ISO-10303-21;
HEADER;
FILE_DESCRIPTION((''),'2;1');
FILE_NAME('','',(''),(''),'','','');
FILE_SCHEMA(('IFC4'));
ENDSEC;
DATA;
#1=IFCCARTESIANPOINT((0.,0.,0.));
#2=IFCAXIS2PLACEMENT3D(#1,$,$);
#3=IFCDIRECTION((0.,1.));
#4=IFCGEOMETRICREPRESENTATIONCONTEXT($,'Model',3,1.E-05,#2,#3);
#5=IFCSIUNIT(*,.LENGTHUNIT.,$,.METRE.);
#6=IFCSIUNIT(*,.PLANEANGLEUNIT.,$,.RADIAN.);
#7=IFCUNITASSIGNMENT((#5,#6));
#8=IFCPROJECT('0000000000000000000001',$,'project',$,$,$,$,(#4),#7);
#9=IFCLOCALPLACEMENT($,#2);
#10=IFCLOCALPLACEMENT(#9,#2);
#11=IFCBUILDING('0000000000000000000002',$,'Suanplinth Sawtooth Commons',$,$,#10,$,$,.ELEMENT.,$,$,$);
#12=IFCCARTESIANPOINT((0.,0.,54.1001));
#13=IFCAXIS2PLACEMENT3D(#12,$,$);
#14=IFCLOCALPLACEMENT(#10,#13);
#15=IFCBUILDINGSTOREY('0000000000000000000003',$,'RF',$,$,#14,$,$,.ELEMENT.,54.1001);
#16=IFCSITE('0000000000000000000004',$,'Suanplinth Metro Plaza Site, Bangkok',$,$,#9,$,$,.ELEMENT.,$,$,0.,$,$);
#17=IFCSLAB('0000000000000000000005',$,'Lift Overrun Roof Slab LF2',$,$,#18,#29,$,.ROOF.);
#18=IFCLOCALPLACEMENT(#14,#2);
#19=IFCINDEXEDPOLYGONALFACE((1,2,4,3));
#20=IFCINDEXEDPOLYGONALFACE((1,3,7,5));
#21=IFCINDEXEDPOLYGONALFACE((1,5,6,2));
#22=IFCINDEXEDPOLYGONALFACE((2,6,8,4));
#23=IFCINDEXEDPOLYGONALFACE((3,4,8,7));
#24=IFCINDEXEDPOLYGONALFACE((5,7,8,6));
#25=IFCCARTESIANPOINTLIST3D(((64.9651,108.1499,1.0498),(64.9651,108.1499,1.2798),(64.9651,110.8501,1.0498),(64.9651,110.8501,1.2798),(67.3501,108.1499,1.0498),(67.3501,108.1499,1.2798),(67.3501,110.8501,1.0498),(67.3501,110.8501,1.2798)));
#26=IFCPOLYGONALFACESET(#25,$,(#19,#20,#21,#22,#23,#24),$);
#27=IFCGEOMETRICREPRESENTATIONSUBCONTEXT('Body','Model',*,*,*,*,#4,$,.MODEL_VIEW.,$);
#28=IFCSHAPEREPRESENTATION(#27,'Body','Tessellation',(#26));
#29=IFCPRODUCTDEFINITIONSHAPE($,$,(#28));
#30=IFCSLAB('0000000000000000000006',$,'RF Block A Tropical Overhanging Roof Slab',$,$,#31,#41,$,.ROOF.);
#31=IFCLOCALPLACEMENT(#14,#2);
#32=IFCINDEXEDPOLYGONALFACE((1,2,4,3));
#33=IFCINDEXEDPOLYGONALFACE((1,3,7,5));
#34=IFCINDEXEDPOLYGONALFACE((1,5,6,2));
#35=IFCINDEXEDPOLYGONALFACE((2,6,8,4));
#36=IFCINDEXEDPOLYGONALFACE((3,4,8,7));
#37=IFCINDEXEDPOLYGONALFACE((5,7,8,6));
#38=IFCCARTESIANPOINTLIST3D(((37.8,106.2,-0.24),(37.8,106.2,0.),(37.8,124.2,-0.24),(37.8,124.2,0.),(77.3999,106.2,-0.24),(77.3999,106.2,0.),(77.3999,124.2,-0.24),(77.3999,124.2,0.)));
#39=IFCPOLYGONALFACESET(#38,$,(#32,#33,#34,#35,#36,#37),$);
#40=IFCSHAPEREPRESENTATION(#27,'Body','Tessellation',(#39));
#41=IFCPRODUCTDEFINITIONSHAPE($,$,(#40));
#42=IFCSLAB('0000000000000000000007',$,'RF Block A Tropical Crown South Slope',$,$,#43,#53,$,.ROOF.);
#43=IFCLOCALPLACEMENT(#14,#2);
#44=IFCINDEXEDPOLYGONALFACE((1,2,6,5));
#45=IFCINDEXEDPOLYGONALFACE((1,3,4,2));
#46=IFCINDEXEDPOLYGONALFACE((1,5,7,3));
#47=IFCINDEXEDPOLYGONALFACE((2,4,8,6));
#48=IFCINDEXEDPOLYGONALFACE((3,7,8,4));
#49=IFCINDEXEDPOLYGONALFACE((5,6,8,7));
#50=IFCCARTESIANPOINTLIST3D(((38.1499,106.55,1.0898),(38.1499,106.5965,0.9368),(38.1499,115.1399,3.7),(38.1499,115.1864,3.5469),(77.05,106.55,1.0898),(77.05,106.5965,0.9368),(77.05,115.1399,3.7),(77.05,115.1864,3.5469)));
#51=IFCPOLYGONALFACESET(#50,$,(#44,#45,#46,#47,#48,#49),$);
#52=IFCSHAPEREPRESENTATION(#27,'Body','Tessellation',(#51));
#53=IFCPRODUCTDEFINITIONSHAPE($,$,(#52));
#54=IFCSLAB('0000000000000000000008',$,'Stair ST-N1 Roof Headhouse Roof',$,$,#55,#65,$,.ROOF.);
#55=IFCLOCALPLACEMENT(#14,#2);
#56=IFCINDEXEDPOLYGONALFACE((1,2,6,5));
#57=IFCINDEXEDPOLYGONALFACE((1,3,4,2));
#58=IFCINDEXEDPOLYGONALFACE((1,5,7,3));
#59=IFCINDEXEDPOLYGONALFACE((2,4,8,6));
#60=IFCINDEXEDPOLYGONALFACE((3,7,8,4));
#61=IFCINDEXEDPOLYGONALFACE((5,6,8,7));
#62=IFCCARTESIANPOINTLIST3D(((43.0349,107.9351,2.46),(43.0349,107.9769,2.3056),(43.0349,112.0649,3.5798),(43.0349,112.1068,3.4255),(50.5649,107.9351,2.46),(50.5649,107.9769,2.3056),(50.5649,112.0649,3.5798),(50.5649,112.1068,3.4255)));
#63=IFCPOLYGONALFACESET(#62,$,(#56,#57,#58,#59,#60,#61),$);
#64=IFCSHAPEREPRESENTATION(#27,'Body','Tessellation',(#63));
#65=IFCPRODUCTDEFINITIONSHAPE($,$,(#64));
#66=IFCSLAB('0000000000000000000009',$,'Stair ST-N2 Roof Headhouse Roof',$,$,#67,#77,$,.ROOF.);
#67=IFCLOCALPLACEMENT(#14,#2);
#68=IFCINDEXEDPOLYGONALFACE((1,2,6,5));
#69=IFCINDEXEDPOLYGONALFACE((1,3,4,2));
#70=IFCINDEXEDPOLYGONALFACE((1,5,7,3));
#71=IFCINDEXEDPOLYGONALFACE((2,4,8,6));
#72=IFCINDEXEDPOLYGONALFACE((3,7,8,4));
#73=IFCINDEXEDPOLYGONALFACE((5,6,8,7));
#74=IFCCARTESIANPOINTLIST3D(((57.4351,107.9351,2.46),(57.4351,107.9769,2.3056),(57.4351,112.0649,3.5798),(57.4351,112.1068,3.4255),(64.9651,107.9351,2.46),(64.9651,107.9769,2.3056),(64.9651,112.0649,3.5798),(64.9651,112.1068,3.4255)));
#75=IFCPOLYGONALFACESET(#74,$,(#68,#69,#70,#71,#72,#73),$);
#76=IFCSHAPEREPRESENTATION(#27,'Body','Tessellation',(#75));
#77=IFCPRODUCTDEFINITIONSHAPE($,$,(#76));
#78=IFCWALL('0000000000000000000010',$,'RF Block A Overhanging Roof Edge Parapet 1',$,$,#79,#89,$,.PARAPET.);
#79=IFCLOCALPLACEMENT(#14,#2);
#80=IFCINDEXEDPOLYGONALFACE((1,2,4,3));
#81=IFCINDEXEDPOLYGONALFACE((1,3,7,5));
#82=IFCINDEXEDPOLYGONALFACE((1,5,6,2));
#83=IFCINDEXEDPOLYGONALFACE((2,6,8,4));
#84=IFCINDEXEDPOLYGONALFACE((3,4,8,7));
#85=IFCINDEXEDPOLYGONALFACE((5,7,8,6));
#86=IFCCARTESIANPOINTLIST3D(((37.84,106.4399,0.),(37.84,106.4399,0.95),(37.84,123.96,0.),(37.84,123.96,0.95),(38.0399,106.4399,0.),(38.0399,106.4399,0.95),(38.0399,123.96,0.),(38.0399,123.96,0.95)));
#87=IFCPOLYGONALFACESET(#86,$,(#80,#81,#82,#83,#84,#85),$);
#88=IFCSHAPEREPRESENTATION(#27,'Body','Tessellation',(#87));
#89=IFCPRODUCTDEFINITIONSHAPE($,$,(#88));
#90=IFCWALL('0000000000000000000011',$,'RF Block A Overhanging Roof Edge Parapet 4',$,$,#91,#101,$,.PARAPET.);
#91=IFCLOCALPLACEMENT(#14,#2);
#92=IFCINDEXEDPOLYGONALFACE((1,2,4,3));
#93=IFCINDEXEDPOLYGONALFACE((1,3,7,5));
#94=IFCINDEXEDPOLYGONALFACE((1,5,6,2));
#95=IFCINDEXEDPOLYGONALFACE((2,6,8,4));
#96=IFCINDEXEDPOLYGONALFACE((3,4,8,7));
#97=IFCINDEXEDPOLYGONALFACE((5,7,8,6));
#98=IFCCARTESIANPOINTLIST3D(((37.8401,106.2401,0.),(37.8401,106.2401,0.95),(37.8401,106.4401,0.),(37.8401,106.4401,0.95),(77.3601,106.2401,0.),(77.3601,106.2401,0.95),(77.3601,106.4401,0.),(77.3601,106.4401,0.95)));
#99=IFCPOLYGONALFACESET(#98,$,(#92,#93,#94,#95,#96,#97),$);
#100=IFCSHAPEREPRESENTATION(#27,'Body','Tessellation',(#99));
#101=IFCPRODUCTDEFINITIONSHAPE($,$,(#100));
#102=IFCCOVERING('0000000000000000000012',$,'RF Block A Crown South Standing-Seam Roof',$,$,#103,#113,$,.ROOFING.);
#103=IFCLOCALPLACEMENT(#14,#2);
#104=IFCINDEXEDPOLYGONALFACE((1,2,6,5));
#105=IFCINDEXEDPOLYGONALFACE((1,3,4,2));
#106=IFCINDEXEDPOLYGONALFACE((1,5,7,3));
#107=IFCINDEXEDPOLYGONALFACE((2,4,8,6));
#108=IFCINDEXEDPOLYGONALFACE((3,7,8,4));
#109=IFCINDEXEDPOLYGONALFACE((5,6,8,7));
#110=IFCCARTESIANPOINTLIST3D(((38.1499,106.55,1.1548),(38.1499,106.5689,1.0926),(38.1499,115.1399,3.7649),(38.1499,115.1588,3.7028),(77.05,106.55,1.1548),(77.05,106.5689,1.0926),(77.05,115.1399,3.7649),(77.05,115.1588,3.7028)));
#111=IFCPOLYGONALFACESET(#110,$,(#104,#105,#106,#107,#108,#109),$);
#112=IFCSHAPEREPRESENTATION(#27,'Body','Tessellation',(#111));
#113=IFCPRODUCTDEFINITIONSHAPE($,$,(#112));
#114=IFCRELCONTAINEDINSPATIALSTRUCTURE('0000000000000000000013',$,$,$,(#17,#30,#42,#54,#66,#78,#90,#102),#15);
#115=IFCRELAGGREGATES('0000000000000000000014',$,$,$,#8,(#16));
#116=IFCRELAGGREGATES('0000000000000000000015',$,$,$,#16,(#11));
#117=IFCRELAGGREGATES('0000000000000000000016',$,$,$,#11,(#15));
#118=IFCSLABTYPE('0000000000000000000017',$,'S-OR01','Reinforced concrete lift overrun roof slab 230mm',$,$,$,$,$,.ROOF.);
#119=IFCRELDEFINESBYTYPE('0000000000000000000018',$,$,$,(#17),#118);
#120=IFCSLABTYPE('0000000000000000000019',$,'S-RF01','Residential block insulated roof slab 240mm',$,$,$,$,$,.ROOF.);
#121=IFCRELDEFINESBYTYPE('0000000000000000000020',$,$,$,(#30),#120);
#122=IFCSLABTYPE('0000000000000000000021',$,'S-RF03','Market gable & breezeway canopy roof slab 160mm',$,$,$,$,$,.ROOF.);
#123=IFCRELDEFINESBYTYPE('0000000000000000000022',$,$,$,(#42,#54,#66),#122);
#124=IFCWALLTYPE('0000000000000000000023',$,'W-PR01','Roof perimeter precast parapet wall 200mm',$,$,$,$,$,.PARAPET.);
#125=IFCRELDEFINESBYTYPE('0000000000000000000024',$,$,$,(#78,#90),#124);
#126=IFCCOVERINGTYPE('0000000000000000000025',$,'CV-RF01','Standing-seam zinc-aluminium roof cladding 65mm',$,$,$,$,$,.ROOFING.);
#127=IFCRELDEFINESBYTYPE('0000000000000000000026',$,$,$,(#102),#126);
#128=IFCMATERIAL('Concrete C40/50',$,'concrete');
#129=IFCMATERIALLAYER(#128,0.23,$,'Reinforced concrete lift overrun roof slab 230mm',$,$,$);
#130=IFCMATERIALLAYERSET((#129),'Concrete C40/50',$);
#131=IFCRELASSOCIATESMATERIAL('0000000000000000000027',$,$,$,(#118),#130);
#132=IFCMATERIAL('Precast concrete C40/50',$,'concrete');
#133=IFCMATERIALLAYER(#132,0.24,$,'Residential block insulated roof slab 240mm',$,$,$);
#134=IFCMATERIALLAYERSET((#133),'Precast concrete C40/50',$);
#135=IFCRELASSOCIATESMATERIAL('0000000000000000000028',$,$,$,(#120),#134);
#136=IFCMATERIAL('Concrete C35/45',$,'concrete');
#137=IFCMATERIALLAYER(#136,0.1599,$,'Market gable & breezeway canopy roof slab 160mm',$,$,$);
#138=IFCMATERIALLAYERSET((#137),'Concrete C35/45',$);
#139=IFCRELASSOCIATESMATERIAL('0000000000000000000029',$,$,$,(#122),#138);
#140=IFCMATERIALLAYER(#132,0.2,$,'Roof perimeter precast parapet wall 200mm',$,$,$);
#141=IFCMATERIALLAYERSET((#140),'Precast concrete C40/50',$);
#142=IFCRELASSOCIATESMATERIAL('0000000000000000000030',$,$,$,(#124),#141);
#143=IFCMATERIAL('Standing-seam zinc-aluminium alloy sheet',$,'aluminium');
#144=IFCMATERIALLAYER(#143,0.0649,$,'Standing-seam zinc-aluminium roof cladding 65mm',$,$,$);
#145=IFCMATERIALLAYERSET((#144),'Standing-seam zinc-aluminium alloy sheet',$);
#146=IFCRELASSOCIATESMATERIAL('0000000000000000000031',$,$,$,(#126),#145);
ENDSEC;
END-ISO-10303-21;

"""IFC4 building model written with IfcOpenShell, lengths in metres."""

from ifc_helpers import new_model, si_unit, direction, frame, frame_2d, origin, place, context, subcontext, project, spatial, polyline, rectangle, outline, extrude, material, layer, layer_set, type_object, element, save


model = new_model("IFC4")

# Units and contexts
model_context = context("Model", 3, precision=1e-05, world=origin(), true_north=direction((0.0, 1.0)))
body_context = subcontext(model_context, "Body", "Model", "MODEL_VIEW")
ifc_project = project(units=[si_unit("LENGTHUNIT", "METRE"), si_unit("PLANEANGLEUNIT", "RADIAN")], contexts=[model_context])

# Site, building, storey
site_placement = place(None, origin())
site = spatial("IfcSite", under=ifc_project, at=site_placement, Name="Suanplinth Metro Plaza Site, Bangkok", CompositionType="ELEMENT", RefElevation=0.0)
building_placement = place(site_placement, origin())
building = spatial("IfcBuilding", under=site, at=building_placement, Name="Suanplinth Sawtooth Commons", CompositionType="ELEMENT")
storey_placement = place(building_placement, frame((0.0, 0.0, 54.1001)))
storey = spatial("IfcBuildingStorey", under=building, at=storey_placement, Name="RF", CompositionType="ELEMENT", Elevation=54.1001)

# Shared definitions
ifc_material_1 = material(Name="Precast concrete C40/50", Category="concrete")

# Slabs
ifc_material_2 = material(Name="Concrete C40/50", Category="concrete")
ifc_layer_1 = layer(ifc_material_2, 0.23, Name="Reinforced concrete lift overrun roof slab 230mm")
ifc_layer_set_1 = layer_set([ifc_layer_1], Name="Concrete C40/50")
slab_type_1 = type_object("IfcSlabType", Name="S-OR01", Description="Reinforced concrete lift overrun roof slab 230mm", PredefinedType="ROOF", material=ifc_layer_set_1)
slab_1_placement = place(storey_placement, frame((0.0, 0.0, 1.0498)))
element("IfcSlab", 1, at=slab_1_placement, inside=storey, type_object=slab_type_1, Name="Lift Overrun Roof Slab LF2", PredefinedType="ROOF", context=body_context, shape_type="SweptSolid", body=[
    extrude(outline(polyline([(64.9651, 108.1499), (67.3501, 108.1499), (67.3501, 110.8501), (64.9651, 110.8501), (64.9651, 108.1499)])), origin(), (0.0, 0.0, 1.0), 0.23),
])
ifc_layer_2 = layer(ifc_material_1, 0.24, Name="Residential block insulated roof slab 240mm")
ifc_layer_set_2 = layer_set([ifc_layer_2], Name="Precast concrete C40/50")
slab_type_2 = type_object("IfcSlabType", Name="S-RF01", Description="Residential block insulated roof slab 240mm", PredefinedType="ROOF", material=ifc_layer_set_2)
slab_2_placement = place(storey_placement, frame((0.0, 0.0, -0.24)))
element("IfcSlab", 2, at=slab_2_placement, inside=storey, type_object=slab_type_2, Name="RF Block A Tropical Overhanging Roof Slab", PredefinedType="ROOF", context=body_context, shape_type="SweptSolid", body=[
    extrude(outline(polyline([(37.8, 106.2), (37.8, 124.2), (77.3999, 124.2), (77.3999, 106.2), (37.8, 106.2)])), origin(), (0.0, 0.0, 1.0), 0.24),
])
ifc_material_3 = material(Name="Concrete C35/45", Category="concrete")
ifc_layer_3 = layer(ifc_material_3, 0.1599, Name="Market gable & breezeway canopy roof slab 160mm")
ifc_layer_set_3 = layer_set([ifc_layer_3], Name="Concrete C35/45")
slab_type_3 = type_object("IfcSlabType", Name="S-RF03", Description="Market gable & breezeway canopy roof slab 160mm", PredefinedType="ROOF", material=ifc_layer_set_3)
slab_3_placement = place(storey_placement, frame((38.1499, 106.55, 1.0898), z_axis=(0.0, -0.290734, 0.956804), x_axis=(1.0, 0.0, 0.0)))
element("IfcSlab", 3, at=slab_3_placement, inside=storey, type_object=slab_type_3, Name="RF Block A Tropical Crown South Slope", PredefinedType="ROOF", context=body_context, shape_type="SweptSolid", body=[
    extrude(outline(polyline([(0.0, 0.0), (38.9001, 0.0), (38.9001, 8.9776), (0.0, 8.9776), (0.0, 0.0)])), origin(), (0.0, 0.0, -1.0), 0.1599),
])
for number, where, z_axis, x_axis, name in (
    (4, (43.0349, 107.9351, 2.46), (0.0, -0.261712, 0.965146), (1.0, 0.0, 0.0), "Stair ST-N1 Roof Headhouse Roof"),
    (5, (57.4351, 107.9351, 2.46), (0.0, -0.261712, 0.965146), (1.0, 0.0, 0.0), "Stair ST-N2 Roof Headhouse Roof"),
):
    element("IfcSlab", number, at=place(storey_placement, frame(where, z_axis=z_axis, x_axis=x_axis)), inside=storey, type_object=slab_type_3, Name=name, PredefinedType="ROOF", context=body_context, shape_type="SweptSolid", body=[
        extrude(outline(polyline([(0.0, 0.0), (7.53, 0.0), (7.53, 4.279), (0.0, 4.279), (0.0, 0.0)])), origin(), (0.0, 0.0, -1.0), 0.1599),
    ])

# Walls
ifc_layer_4 = layer(ifc_material_1, 0.2, Name="Roof perimeter precast parapet wall 200mm")
ifc_layer_set_4 = layer_set([ifc_layer_4], Name="Precast concrete C40/50")
wall_type = type_object("IfcWallType", Name="W-PR01", Description="Roof perimeter precast parapet wall 200mm", PredefinedType="PARAPET", material=ifc_layer_set_4)
wall_1_placement = place(storey_placement, frame((37.9399, 106.4399, 0.0), z_axis=(0.0, 0.0, 1.0), x_axis=(0.0, 1.0, 0.0)))
element("IfcWall", 6, at=wall_1_placement, inside=storey, type_object=wall_type, Name="RF Block A Overhanging Roof Edge Parapet 1", PredefinedType="PARAPET", context=body_context, shape_type="SweptSolid", body=[
    extrude(rectangle(XDim=17.52, YDim=0.2, at=frame_2d((8.76, 0.0))), origin(), (0.0, 0.0, 1.0), 0.95),
])
wall_2_placement = place(storey_placement, frame((77.3601, 106.3401, 0.0), z_axis=(0.0, 0.0, 1.0), x_axis=(-1.0, 0.0, 0.0)))
element("IfcWall", 7, at=wall_2_placement, inside=storey, type_object=wall_type, Name="RF Block A Overhanging Roof Edge Parapet 4", PredefinedType="PARAPET", context=body_context, shape_type="SweptSolid", body=[
    extrude(rectangle(XDim=39.52, YDim=0.2, at=frame_2d((19.76, 0.0))), origin(), (0.0, 0.0, 1.0), 0.95),
])

# Covering
ifc_material_4 = material(Name="Standing-seam zinc-aluminium alloy sheet", Category="aluminium")
ifc_layer_5 = layer(ifc_material_4, 0.0649, Name="Standing-seam zinc-aluminium roof cladding 65mm")
ifc_layer_set_5 = layer_set([ifc_layer_5], Name="Standing-seam zinc-aluminium alloy sheet")
covering_type = type_object("IfcCoveringType", Name="CV-RF01", Description="Standing-seam zinc-aluminium roof cladding 65mm", PredefinedType="ROOFING", material=ifc_layer_set_5)
covering_placement = place(storey_placement, frame((38.1499, 106.55, 1.1548), z_axis=(0.0, -0.290734, 0.956804), x_axis=(1.0, 0.0, 0.0)))
element("IfcCovering", 8, at=covering_placement, inside=storey, type_object=covering_type, Name="RF Block A Crown South Standing-Seam Roof", PredefinedType="ROOFING", context=body_context, shape_type="SweptSolid", body=[
    extrude(outline(polyline([(0.0, 0.0), (38.9001, 0.0), (38.9001, 8.9776), (0.0, 8.9776), (0.0, 0.0)])), origin(), (0.0, 0.0, -1.0), 0.0649),
])

save(model, "model.ifc")
